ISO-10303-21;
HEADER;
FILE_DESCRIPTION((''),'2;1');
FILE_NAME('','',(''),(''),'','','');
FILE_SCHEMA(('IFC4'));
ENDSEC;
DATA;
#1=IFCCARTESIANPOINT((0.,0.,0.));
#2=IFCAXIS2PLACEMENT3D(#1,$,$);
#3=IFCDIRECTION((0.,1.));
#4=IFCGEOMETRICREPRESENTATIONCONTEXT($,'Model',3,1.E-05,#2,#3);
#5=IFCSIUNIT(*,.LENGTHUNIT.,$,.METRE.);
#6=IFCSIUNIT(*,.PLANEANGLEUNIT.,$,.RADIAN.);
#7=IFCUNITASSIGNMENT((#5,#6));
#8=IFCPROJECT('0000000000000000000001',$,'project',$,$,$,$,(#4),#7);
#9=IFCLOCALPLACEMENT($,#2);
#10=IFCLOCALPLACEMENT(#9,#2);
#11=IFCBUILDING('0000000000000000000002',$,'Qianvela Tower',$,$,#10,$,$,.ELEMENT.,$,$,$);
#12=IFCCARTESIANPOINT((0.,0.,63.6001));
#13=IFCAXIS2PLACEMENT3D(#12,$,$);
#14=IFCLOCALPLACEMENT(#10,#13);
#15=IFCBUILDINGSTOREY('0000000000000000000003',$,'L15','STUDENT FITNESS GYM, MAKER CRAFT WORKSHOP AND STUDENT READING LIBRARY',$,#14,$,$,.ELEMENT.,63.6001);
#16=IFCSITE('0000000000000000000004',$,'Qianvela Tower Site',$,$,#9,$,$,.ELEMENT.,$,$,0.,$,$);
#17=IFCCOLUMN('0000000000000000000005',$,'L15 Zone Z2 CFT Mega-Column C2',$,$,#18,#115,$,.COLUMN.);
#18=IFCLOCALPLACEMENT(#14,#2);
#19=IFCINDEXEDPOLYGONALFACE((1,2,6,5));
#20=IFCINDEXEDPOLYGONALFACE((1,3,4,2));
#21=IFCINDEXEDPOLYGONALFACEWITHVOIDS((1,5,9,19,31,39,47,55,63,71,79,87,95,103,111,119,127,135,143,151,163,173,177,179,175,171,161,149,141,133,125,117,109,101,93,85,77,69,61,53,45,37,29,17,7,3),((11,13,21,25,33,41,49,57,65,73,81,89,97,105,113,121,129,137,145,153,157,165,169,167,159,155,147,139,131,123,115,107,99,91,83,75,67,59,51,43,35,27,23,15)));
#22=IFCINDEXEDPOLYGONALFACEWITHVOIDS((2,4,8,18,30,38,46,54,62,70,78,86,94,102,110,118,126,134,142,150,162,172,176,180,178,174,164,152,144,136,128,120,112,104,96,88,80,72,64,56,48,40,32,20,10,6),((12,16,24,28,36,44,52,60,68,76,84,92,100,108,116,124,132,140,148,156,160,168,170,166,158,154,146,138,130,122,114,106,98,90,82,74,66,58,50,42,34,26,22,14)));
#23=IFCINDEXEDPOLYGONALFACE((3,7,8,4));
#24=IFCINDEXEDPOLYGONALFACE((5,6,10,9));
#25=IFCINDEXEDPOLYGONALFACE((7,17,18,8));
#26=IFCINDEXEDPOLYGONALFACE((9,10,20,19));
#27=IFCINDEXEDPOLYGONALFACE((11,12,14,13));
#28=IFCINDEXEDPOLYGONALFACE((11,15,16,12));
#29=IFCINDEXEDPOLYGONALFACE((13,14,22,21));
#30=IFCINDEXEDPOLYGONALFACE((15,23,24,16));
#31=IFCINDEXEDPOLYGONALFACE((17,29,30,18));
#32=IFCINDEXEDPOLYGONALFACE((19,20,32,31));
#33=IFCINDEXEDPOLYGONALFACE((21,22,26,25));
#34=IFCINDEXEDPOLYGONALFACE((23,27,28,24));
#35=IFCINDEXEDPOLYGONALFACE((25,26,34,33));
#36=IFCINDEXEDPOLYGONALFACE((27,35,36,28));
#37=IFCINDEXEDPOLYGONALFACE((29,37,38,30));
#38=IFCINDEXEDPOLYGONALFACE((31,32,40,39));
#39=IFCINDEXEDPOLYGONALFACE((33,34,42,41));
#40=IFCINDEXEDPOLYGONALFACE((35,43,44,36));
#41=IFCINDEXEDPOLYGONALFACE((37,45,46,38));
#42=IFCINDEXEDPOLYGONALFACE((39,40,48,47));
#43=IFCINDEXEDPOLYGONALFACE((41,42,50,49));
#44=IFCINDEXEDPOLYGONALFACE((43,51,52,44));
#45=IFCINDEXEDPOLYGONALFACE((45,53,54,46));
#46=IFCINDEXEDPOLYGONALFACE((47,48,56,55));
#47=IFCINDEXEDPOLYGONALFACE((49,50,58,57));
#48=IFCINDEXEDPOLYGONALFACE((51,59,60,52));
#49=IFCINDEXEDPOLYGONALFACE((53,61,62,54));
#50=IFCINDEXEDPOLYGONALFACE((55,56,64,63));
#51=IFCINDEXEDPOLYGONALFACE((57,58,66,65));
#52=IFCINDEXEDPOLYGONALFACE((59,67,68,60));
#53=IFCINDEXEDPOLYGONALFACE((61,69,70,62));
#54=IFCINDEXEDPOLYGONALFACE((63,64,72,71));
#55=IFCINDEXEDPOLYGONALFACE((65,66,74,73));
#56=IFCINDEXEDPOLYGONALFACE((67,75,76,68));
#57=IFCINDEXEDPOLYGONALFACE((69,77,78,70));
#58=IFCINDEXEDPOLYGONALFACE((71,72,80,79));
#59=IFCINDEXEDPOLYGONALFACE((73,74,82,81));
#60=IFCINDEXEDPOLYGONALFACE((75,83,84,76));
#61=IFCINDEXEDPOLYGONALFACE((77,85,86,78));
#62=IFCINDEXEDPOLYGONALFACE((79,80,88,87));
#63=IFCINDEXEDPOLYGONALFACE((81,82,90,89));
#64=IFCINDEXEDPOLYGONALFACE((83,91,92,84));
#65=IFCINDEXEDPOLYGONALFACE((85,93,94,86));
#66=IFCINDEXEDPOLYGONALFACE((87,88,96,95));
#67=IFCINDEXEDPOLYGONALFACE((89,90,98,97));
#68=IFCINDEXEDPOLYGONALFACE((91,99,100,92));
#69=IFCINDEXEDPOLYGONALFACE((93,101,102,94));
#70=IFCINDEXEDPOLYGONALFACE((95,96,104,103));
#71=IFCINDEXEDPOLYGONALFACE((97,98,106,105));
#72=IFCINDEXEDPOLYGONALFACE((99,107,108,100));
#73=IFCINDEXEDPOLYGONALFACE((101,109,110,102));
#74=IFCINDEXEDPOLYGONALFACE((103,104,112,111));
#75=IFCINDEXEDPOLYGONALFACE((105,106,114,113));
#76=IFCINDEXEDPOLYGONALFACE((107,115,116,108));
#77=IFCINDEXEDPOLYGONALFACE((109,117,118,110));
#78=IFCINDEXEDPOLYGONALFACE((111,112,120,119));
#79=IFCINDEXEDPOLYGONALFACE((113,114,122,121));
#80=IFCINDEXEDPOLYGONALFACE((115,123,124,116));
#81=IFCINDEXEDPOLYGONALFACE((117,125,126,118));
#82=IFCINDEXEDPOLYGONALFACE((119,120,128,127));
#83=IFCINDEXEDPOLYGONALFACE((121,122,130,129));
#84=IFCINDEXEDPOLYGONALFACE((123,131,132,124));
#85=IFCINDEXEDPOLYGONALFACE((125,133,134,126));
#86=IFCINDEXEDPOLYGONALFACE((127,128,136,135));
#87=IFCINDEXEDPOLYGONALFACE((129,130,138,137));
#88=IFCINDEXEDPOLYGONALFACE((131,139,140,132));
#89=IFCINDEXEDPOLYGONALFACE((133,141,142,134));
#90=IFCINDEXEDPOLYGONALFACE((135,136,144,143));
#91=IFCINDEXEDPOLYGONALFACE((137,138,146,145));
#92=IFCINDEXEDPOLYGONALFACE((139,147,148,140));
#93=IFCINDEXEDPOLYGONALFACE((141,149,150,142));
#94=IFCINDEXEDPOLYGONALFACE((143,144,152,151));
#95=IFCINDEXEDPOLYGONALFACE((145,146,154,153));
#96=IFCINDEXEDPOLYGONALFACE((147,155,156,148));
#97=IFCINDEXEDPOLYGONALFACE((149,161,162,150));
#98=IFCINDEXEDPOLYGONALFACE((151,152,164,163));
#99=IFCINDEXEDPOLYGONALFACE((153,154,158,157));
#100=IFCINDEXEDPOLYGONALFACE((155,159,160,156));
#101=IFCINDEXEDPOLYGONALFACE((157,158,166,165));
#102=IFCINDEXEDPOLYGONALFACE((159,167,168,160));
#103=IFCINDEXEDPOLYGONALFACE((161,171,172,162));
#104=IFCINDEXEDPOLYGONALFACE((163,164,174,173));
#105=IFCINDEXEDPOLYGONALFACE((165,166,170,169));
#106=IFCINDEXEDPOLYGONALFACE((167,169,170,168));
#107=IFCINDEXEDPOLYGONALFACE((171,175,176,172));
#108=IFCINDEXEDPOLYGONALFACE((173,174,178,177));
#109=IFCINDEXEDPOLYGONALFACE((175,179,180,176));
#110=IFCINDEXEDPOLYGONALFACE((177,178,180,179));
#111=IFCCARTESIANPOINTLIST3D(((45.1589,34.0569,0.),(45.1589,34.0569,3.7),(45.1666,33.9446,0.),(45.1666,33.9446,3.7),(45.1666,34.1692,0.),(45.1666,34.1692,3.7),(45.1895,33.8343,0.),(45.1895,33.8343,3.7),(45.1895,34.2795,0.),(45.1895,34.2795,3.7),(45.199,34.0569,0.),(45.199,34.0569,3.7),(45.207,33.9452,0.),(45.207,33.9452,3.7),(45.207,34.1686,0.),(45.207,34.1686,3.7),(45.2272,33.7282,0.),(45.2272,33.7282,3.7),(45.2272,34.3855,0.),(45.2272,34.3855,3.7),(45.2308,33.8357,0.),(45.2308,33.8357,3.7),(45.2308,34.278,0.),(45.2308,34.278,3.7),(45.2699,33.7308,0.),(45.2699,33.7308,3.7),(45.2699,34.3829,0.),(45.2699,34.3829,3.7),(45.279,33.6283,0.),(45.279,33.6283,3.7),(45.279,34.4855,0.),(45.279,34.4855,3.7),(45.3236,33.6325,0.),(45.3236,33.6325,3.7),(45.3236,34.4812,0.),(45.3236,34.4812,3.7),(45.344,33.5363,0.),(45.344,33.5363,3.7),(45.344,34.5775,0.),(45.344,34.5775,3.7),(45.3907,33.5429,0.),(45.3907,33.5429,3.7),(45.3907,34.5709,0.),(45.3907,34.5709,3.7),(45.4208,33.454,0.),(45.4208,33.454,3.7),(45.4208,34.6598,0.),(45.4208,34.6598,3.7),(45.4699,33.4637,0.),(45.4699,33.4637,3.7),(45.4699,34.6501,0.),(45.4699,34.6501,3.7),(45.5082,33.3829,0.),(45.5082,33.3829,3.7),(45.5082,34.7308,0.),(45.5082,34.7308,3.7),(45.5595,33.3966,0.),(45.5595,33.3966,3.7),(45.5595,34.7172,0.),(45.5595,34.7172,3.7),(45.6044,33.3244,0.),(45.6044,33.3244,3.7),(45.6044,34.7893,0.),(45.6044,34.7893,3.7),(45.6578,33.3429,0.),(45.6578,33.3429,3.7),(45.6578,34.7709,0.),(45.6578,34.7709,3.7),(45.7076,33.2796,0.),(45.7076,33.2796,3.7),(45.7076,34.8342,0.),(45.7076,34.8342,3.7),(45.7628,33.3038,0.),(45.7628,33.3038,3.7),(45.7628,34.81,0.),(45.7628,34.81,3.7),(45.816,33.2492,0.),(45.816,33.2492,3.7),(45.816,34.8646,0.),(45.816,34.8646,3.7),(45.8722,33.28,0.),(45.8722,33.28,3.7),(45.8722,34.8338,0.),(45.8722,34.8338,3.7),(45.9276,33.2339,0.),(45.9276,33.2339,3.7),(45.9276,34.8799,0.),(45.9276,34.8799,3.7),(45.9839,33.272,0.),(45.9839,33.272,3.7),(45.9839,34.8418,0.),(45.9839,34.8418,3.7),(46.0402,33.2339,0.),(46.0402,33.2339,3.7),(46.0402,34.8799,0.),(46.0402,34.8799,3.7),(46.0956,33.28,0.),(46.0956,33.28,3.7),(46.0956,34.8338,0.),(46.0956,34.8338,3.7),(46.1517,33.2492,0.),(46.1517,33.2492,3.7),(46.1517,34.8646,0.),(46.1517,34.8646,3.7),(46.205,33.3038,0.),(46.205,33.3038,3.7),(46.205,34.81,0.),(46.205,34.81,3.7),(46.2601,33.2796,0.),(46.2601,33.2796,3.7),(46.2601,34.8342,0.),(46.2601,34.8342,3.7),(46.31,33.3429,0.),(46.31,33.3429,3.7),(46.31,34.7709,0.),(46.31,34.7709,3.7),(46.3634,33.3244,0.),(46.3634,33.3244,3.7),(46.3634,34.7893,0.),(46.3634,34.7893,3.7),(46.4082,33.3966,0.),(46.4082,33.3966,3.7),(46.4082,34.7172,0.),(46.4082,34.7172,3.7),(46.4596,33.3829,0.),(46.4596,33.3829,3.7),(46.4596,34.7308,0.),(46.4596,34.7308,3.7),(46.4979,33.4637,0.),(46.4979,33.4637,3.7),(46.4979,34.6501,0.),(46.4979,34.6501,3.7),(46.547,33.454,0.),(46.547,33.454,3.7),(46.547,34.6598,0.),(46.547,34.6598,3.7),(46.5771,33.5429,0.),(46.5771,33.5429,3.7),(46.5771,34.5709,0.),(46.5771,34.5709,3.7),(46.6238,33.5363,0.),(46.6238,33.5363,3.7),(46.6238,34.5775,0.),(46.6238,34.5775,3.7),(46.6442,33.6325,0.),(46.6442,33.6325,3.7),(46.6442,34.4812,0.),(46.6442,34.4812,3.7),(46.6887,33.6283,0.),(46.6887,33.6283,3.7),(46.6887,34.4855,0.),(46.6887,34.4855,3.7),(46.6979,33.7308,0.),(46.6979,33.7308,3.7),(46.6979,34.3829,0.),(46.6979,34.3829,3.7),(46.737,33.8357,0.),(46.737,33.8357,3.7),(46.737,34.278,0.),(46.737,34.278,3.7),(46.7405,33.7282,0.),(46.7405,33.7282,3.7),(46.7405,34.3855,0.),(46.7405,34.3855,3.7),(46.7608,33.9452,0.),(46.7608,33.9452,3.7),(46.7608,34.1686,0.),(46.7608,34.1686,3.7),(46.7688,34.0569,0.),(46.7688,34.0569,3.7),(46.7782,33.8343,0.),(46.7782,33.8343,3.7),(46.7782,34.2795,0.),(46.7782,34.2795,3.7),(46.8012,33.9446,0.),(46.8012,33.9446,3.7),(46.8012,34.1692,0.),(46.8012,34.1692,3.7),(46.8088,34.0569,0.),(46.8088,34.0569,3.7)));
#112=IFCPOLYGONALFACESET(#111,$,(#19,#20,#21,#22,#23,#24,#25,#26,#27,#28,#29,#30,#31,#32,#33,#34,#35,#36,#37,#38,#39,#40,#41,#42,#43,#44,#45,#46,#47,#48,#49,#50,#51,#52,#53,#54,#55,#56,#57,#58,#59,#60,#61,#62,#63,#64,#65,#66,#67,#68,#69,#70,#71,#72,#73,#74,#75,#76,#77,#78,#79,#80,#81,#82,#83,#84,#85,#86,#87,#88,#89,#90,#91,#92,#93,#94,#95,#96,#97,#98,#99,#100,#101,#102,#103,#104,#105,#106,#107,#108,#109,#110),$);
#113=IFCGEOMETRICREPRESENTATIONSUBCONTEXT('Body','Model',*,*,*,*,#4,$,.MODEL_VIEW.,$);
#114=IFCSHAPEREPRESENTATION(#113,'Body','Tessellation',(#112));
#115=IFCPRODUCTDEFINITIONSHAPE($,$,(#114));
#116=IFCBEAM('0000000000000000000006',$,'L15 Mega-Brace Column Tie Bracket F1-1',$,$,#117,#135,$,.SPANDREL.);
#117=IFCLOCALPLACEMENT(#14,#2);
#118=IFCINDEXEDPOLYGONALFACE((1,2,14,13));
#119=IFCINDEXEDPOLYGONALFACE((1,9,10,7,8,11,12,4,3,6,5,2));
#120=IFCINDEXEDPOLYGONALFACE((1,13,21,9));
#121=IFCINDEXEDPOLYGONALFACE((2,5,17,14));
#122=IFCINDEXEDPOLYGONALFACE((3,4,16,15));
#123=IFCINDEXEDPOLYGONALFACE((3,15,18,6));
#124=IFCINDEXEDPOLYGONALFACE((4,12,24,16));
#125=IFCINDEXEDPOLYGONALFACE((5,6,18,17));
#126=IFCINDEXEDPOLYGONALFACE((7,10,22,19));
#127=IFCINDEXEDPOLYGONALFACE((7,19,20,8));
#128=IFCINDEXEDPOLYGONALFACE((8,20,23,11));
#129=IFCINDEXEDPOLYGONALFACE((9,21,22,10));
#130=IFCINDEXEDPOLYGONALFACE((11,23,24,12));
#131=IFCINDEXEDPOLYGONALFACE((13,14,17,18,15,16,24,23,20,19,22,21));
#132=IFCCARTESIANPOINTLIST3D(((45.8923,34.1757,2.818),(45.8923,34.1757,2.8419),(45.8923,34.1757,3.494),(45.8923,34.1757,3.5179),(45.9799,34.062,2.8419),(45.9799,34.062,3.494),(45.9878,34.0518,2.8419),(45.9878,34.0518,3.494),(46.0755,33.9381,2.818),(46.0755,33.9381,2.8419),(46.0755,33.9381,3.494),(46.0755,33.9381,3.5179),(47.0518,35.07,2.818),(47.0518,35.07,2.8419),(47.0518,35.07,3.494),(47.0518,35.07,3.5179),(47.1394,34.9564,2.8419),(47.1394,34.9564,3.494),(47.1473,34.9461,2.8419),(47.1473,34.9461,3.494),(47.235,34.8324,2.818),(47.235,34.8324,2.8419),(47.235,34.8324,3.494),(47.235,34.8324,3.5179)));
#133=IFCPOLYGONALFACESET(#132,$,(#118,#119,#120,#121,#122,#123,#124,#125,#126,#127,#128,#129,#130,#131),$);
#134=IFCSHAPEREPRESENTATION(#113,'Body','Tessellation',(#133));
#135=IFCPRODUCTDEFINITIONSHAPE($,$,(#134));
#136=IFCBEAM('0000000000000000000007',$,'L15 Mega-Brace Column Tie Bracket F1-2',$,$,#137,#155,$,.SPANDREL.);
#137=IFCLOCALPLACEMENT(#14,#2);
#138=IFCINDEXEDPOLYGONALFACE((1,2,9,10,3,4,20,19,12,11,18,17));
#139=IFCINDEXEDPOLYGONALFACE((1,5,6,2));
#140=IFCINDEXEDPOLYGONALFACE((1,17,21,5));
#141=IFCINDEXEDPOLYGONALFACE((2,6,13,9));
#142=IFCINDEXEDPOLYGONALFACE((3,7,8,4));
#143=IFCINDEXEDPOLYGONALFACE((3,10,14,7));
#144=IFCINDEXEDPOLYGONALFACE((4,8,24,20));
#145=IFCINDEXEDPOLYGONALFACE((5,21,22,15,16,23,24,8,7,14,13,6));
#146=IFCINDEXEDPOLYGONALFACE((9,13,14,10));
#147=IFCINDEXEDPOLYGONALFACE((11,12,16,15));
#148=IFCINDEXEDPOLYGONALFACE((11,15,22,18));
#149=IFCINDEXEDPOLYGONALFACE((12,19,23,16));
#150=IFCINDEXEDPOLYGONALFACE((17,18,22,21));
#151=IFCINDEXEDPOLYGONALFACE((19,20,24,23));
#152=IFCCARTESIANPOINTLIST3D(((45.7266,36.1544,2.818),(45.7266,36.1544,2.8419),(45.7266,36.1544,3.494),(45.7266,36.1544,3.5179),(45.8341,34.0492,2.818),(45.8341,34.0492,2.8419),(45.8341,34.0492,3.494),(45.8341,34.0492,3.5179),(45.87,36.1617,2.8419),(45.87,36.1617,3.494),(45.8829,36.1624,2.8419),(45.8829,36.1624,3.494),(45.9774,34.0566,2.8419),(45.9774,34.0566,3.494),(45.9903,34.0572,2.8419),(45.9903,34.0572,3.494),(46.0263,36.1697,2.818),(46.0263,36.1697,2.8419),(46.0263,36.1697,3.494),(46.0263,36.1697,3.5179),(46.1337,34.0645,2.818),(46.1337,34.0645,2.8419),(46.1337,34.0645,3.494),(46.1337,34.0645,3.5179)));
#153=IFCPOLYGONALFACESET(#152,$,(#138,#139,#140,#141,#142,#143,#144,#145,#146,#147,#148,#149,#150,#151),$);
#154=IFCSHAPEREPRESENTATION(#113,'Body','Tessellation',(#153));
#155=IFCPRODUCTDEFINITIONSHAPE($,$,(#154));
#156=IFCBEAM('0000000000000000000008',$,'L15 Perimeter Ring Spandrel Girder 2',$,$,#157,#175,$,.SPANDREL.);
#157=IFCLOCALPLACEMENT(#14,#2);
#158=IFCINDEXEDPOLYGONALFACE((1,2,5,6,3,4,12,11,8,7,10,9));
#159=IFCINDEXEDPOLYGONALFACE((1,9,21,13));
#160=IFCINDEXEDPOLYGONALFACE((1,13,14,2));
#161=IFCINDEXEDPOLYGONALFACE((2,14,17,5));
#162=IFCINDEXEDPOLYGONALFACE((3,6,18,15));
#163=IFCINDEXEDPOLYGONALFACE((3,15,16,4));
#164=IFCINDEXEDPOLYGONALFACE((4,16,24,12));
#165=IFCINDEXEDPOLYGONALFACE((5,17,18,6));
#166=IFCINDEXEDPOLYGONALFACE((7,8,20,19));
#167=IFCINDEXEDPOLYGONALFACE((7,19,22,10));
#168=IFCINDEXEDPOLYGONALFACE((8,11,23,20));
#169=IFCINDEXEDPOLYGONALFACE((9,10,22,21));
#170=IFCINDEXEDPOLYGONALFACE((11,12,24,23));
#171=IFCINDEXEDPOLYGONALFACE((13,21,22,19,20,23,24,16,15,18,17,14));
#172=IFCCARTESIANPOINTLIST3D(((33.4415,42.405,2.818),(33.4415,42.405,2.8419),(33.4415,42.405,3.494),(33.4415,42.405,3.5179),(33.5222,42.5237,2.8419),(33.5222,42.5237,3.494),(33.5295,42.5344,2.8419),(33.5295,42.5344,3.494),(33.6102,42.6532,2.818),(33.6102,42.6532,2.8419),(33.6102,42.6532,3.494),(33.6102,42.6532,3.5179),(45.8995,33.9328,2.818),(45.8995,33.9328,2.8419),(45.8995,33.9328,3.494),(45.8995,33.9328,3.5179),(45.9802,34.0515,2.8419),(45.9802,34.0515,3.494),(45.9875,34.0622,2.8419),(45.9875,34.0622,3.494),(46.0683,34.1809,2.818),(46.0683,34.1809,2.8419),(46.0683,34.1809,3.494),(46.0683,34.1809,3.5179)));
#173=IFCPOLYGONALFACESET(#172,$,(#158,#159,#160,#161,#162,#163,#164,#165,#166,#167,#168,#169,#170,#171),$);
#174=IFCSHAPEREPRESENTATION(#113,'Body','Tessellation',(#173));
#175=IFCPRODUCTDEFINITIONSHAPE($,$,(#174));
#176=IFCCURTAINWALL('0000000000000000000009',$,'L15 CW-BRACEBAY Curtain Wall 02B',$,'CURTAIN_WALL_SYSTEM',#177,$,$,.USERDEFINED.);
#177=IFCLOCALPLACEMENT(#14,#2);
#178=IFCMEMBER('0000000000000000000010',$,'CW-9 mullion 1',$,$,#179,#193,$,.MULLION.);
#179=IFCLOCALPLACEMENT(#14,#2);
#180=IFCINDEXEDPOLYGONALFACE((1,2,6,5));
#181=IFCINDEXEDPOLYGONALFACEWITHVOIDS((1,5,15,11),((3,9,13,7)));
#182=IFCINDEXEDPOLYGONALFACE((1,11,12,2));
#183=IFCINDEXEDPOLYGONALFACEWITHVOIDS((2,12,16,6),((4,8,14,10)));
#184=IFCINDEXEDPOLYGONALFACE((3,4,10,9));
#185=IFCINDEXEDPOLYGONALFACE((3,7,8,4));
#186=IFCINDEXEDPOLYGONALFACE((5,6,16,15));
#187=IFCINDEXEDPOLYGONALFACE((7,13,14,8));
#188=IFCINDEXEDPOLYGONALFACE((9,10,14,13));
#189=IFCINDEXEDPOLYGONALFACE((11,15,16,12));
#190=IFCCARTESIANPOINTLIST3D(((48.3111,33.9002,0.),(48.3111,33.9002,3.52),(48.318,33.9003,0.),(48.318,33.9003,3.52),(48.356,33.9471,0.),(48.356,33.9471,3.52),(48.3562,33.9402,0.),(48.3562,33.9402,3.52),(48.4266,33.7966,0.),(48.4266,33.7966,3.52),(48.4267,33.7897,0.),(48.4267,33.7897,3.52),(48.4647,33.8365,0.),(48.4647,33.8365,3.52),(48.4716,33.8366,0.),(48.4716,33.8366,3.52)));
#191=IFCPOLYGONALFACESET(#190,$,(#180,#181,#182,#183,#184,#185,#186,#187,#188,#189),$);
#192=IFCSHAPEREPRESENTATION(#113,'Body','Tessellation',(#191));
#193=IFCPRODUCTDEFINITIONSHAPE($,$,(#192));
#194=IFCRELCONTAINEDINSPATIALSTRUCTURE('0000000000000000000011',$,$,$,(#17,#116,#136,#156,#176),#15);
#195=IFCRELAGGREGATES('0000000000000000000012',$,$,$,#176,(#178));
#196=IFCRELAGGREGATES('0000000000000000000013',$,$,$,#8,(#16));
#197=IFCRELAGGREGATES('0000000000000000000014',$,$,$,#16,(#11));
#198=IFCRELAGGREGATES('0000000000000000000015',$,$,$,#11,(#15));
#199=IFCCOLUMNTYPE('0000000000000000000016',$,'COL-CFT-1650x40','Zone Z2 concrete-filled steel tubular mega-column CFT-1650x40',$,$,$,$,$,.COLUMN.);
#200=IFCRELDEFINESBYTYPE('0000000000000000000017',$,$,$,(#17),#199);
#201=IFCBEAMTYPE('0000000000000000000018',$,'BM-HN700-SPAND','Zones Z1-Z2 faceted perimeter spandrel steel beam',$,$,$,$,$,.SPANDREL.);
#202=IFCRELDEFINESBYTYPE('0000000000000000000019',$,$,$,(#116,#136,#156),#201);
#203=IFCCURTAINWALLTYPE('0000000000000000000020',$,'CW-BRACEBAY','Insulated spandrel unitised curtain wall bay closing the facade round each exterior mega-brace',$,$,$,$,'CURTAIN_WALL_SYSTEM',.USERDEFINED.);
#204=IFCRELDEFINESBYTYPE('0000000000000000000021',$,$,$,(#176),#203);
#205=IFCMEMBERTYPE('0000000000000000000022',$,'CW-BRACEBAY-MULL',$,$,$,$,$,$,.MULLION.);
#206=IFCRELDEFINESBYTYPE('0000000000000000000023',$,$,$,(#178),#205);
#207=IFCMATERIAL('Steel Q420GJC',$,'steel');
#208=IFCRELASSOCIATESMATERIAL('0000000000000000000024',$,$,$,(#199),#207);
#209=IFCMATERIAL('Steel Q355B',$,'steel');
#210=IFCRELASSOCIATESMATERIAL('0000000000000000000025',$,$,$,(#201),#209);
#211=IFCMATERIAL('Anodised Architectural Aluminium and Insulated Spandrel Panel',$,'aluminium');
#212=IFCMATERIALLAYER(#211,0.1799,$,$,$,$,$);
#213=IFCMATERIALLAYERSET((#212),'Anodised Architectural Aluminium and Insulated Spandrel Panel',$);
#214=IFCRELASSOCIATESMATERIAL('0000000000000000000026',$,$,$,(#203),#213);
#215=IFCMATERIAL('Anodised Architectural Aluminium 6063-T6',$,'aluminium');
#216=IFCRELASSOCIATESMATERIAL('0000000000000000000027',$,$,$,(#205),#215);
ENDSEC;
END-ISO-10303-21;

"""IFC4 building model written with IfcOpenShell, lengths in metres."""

from ifc_helpers import new_model, si_unit, direction, frame, origin, origin_2d, place, context, subcontext, project, spatial, hollow_rectangle, hollow_circle, i_section, extrude, material, layer, layer_set, material_profile, profile_set, type_object, element, aggregate, save


model = new_model("IFC4")

# Units and contexts
model_context = context("Model", 3, precision=1e-05, world=origin(), true_north=direction((0.0, 1.0)))
body_context = subcontext(model_context, "Body", "Model", "MODEL_VIEW")
ifc_project = project(units=[si_unit("LENGTHUNIT", "METRE"), si_unit("PLANEANGLEUNIT", "RADIAN")], contexts=[model_context])

# Site, building, storey
site_placement = place(None, origin())
site = spatial("IfcSite", under=ifc_project, at=site_placement, Name="Qianvela Tower Site", CompositionType="ELEMENT", RefElevation=0.0)
building_placement = place(site_placement, origin())
building = spatial("IfcBuilding", under=site, at=building_placement, Name="Qianvela Tower", CompositionType="ELEMENT")
storey_placement = place(building_placement, frame((0.0, 0.0, 63.6001)))
storey = spatial("IfcBuildingStorey", under=building, at=storey_placement, Name="L15", Description="STUDENT FITNESS GYM, MAKER CRAFT WORKSHOP AND STUDENT READING LIBRARY", CompositionType="ELEMENT", Elevation=63.6001)

# Column
ifc_material_1 = material(Name="Steel Q420GJC", Category="steel")
ifc_material_profile_1 = material_profile(ifc_material_1, hollow_circle(Radius=0.825, WallThickness=0.04, at=origin_2d()), Name="CFT-1650x40")
ifc_profile_set_1 = profile_set([ifc_material_profile_1], Name="Steel Q420GJC")
column_type = type_object("IfcColumnType", Name="COL-CFT-1650x40", Description="Zone Z2 concrete-filled steel tubular mega-column CFT-1650x40", PredefinedType="COLUMN", material=ifc_profile_set_1)
column_placement = place(storey_placement, frame((45.9839, 34.0569, 0.0), z_axis=(0.0, 0.0, 1.0), x_axis=(1.0, 0.0, 0.0)))
element("IfcColumn", 1, at=column_placement, inside=storey, type_object=column_type, Name="L15 Zone Z2 CFT Mega-Column C2", PredefinedType="COLUMN", context=body_context, shape_type="SweptSolid", body=[
    extrude(hollow_circle(Radius=0.825, WallThickness=0.04, at=origin_2d()), origin(), (0.0, 0.0, 1.0), 3.7),
])

# Beams
ifc_material_2 = material(Name="Steel Q355B", Category="steel")
ifc_material_profile_2 = material_profile(ifc_material_2, i_section(OverallWidth=0.3, OverallDepth=0.7, WebThickness=0.0129, FlangeThickness=0.0239, at=origin_2d()), Name="HN700x300x13x24")
ifc_profile_set_2 = profile_set([ifc_material_profile_2], Name="Steel Q355B")
beam_type = type_object("IfcBeamType", Name="BM-HN700-SPAND", Description="Zones Z1-Z2 faceted perimeter spandrel steel beam", PredefinedType="SPANDREL", material=ifc_profile_set_2)
beam_1_placement = place(storey_placement, frame((45.9839, 34.0569, 3.168), z_axis=(0.791824, 0.61075, 0.0), x_axis=(-0.61075, 0.791824, 0.0)))
element("IfcBeam", 2, at=beam_1_placement, inside=storey, type_object=beam_type, Name="L15 Mega-Brace Column Tie Bracket F1-1", PredefinedType="SPANDREL", context=body_context, shape_type="SweptSolid", body=[
    extrude(i_section(OverallWidth=0.3, OverallDepth=0.7, WebThickness=0.0129, FlangeThickness=0.0239, at=origin_2d()), origin(), (0.0, 0.0, 1.0), 1.4644),
])
beam_2_placement = place(storey_placement, frame((45.9839, 34.0569, 3.168), z_axis=(-0.05096, 0.998701, 0.0), x_axis=(-0.998701, -0.05096, 0.0)))
element("IfcBeam", 3, at=beam_2_placement, inside=storey, type_object=beam_type, Name="L15 Mega-Brace Column Tie Bracket F1-2", PredefinedType="SPANDREL", context=body_context, shape_type="SweptSolid", body=[
    extrude(i_section(OverallWidth=0.3, OverallDepth=0.7, WebThickness=0.0129, FlangeThickness=0.0239, at=origin_2d()), origin(), (0.0, 0.0, 1.0), 2.1079),
])
beam_3_placement = place(storey_placement, frame((45.9839, 34.0569, 3.168), z_axis=(-0.826904, 0.562343, 0.0), x_axis=(-0.562343, -0.826904, 0.0)))
element("IfcBeam", 4, at=beam_3_placement, inside=storey, type_object=beam_type, Name="L15 Perimeter Ring Spandrel Girder 2", PredefinedType="SPANDREL", context=body_context, shape_type="SweptSolid", body=[
    extrude(i_section(OverallWidth=0.3, OverallDepth=0.7, WebThickness=0.0129, FlangeThickness=0.0239, at=origin_2d()), origin(), (0.0, 0.0, 1.0), 15.0659),
])

# Curtain wall, member
ifc_material_3 = material(Name="Anodised Architectural Aluminium and Insulated Spandrel Panel", Category="aluminium")
ifc_layer_1 = layer(ifc_material_3, 0.1799)
ifc_layer_set_1 = layer_set([ifc_layer_1], Name="Anodised Architectural Aluminium and Insulated Spandrel Panel")
curtain_wall_type_1 = type_object("IfcCurtainWallType", Name="CW-BRACEBAY", Description="Insulated spandrel unitised curtain wall bay closing the facade round each exterior mega-brace", ElementType="CURTAIN_WALL_SYSTEM", PredefinedType="USERDEFINED", material=ifc_layer_set_1)
curtain_wall_1_placement = place(storey_placement, origin())
curtain_wall_1 = element("IfcCurtainWall", 5, at=curtain_wall_1_placement, inside=storey, type_object=curtain_wall_type_1, Name="L15 CW-BRACEBAY Curtain Wall 02B", ObjectType="CURTAIN_WALL_SYSTEM", PredefinedType="USERDEFINED")
ifc_material_4 = material(Name="Anodised Architectural Aluminium 6063-T6", Category="aluminium")
ifc_material_profile_3 = material_profile(ifc_material_4, hollow_rectangle(XDim=0.0649, YDim=0.1599, WallThickness=0.0049, at=origin_2d()), Name="ALU-MULL-65x160")
ifc_profile_set_3 = profile_set([ifc_material_profile_3], Name="Anodised Architectural Aluminium 6063-T6")
member_type_1 = type_object("IfcMemberType", Name="CW-BRACEBAY-MULL", PredefinedType="MULLION", material=ifc_profile_set_3)
member_1_placement = place(storey_placement, frame((48.3914, 33.8684, 0.0), z_axis=(0.0, 0.0, 1.0), x_axis=(-0.691046, -0.722811, 0.0)))
member_1 = element("IfcMember", 6, at=member_1_placement, type_object=member_type_1, Name="CW-9 mullion 1", PredefinedType="MULLION", context=body_context, shape_type="SweptSolid", body=[
    extrude(hollow_rectangle(XDim=0.0649, YDim=0.1599, WallThickness=0.0049, at=origin_2d()), origin(), (0.0, 0.0, 1.0), 3.52),
])

aggregate(curtain_wall_1, [member_1])

save(model, "model.ifc")
